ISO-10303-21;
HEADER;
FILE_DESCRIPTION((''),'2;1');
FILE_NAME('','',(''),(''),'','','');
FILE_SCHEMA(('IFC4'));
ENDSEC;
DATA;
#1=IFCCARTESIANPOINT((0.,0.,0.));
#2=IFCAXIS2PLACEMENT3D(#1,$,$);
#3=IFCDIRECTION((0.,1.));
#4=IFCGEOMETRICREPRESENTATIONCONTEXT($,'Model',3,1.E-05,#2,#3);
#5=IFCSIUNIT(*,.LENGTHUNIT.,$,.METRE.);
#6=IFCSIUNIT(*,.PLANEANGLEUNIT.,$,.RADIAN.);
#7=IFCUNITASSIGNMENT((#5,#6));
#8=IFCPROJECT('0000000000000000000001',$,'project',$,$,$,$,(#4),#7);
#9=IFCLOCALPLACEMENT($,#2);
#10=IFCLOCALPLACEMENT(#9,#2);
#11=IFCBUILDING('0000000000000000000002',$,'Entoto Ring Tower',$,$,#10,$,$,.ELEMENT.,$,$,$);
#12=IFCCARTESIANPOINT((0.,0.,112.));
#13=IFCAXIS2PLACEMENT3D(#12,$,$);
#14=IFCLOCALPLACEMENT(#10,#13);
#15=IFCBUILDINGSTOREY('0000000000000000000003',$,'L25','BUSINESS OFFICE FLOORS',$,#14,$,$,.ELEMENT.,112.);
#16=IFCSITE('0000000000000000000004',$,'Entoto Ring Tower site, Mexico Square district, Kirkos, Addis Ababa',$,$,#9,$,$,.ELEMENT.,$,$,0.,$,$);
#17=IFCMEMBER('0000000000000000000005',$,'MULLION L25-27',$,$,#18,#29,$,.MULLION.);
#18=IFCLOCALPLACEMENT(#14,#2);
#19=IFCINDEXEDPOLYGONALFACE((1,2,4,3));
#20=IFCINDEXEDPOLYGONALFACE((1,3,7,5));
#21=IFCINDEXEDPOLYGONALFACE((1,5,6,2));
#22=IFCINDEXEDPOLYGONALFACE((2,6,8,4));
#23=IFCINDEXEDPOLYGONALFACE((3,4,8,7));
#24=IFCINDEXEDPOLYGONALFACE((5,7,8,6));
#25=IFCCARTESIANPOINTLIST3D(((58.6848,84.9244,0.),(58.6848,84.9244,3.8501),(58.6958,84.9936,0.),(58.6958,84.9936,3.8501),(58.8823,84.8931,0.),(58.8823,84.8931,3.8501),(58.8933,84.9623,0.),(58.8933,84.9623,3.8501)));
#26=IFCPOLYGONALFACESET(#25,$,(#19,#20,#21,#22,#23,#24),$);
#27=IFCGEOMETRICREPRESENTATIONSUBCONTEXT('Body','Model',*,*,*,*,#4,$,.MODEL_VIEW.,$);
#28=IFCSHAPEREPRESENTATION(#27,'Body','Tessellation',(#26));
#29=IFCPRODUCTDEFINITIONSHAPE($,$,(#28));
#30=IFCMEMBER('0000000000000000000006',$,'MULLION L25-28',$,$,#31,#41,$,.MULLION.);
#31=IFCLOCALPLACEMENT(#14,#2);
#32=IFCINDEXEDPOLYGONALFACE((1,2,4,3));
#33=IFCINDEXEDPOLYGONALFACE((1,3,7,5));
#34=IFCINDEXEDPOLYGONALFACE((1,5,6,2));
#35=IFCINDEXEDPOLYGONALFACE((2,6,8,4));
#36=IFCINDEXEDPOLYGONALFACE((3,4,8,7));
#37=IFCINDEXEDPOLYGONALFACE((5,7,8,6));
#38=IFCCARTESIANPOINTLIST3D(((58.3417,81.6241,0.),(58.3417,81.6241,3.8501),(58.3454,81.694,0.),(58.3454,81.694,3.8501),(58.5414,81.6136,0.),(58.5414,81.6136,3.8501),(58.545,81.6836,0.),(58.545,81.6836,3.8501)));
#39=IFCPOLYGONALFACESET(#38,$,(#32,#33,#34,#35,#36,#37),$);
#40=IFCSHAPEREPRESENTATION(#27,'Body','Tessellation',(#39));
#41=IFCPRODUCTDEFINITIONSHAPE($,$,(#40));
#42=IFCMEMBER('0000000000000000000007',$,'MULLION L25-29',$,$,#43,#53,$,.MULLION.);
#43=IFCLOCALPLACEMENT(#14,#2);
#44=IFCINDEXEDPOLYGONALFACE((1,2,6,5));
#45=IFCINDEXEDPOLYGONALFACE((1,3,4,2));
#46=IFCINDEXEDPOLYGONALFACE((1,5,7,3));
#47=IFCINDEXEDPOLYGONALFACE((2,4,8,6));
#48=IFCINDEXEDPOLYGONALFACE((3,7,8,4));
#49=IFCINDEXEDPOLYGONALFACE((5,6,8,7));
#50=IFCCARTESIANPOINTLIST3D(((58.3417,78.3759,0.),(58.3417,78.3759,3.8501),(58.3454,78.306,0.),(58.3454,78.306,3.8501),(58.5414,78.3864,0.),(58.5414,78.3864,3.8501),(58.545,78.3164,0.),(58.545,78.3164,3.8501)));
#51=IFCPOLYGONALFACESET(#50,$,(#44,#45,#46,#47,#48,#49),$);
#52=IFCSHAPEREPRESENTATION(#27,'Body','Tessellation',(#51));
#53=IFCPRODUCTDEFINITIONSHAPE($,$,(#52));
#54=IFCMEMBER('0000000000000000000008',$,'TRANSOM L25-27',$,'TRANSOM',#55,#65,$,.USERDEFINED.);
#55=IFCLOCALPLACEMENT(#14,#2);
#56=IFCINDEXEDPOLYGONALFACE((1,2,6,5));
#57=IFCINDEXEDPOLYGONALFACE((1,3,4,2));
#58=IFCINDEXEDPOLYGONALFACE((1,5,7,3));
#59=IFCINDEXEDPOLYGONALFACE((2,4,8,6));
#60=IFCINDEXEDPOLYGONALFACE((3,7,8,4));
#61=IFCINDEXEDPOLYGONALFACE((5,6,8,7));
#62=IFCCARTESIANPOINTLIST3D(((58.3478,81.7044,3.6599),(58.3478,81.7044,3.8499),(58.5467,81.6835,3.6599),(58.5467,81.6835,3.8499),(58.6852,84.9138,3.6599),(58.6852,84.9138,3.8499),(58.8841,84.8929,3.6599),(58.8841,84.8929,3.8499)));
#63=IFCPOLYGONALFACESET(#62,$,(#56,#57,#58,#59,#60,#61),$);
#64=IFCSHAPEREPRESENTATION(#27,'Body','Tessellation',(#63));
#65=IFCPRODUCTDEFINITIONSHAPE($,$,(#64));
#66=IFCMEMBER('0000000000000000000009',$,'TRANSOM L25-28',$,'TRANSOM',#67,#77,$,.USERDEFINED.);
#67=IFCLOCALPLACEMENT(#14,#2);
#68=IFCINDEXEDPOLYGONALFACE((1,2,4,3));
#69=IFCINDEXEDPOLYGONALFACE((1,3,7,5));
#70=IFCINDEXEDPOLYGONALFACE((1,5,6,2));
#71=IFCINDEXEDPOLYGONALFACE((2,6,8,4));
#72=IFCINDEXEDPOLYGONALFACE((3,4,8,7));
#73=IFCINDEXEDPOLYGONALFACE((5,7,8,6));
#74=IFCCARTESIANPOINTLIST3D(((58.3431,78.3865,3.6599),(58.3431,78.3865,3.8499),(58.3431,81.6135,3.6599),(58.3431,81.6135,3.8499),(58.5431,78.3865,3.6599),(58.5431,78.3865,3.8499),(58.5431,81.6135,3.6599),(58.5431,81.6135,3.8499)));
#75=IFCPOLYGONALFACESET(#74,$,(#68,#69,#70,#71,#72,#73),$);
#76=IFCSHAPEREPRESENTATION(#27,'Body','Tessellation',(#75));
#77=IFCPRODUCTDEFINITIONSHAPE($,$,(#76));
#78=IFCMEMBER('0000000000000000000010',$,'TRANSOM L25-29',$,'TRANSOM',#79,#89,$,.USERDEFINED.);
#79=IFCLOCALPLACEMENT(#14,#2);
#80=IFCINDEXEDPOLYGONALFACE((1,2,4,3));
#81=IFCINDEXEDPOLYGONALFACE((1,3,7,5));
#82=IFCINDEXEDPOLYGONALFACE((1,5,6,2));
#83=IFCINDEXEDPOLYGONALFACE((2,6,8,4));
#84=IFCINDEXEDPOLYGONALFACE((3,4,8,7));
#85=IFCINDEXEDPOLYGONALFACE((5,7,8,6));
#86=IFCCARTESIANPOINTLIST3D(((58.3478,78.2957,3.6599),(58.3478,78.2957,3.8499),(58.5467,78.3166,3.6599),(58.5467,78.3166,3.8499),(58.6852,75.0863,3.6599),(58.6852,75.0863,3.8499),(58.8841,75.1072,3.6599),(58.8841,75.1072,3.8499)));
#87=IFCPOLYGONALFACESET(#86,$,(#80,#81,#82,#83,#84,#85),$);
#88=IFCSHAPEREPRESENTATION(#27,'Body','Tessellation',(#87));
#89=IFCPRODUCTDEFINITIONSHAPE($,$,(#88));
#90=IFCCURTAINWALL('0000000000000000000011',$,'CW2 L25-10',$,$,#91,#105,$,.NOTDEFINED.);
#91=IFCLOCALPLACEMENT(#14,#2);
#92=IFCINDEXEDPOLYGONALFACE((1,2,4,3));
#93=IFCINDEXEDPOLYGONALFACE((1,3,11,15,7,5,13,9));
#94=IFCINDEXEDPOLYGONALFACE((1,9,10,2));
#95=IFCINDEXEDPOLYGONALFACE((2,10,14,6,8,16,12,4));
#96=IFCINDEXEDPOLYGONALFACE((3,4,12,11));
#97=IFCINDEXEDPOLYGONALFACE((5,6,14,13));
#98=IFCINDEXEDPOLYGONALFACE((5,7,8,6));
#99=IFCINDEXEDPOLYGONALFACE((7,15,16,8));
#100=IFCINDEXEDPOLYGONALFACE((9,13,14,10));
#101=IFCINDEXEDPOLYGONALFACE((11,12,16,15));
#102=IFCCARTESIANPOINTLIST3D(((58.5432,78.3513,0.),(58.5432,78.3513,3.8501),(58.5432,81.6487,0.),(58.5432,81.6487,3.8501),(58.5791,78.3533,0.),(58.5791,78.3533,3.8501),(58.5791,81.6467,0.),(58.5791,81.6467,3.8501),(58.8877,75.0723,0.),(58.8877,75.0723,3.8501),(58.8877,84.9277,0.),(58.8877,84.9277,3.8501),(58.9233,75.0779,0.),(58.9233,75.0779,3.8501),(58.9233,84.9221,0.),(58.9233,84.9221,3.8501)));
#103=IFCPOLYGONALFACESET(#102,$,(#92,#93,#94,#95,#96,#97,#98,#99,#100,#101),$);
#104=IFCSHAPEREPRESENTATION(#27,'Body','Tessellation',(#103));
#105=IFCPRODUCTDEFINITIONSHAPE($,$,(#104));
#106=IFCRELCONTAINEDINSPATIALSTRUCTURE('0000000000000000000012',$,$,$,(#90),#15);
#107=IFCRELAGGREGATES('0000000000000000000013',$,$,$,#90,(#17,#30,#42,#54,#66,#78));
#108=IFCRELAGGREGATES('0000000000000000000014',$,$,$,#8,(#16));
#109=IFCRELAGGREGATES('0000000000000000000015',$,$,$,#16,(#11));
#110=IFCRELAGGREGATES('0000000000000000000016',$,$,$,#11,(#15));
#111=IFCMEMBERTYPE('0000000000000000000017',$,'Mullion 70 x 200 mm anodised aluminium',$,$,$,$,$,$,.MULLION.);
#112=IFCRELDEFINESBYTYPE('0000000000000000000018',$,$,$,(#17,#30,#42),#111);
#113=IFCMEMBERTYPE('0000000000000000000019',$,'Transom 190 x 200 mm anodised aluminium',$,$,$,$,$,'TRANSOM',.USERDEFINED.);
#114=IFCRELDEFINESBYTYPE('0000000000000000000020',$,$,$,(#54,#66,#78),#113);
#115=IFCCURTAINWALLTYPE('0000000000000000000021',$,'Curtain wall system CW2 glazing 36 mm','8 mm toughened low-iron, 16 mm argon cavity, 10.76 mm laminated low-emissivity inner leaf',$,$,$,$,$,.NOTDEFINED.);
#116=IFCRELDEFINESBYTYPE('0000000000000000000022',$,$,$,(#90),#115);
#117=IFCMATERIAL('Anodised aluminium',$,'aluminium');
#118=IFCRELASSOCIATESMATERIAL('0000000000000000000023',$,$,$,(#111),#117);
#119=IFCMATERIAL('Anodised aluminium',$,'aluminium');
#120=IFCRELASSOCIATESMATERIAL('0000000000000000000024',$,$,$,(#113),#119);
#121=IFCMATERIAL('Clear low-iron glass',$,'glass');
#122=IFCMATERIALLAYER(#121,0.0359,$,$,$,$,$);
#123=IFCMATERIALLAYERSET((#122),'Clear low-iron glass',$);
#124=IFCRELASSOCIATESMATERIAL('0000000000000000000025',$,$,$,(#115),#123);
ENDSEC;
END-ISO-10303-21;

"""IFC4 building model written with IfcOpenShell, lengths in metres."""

from ifc_helpers import new_model, si_unit, direction, frame, origin, origin_2d, place, context, subcontext, project, spatial, polyline, rectangle, outline, extrude, material, layer, layer_set, material_profile, profile_set, type_object, element, aggregate, save


model = new_model("IFC4")

# Units and contexts
model_context = context("Model", 3, precision=1e-05, world=origin(), true_north=direction((0.0, 1.0)))
body_context = subcontext(model_context, "Body", "Model", "MODEL_VIEW")
ifc_project = project(units=[si_unit("LENGTHUNIT", "METRE"), si_unit("PLANEANGLEUNIT", "RADIAN")], contexts=[model_context])

# Members
ifc_material_1 = material(Name="Anodised aluminium", Category="aluminium")
ifc_material_profile_1 = material_profile(ifc_material_1, rectangle(XDim=0.0701, YDim=0.2, at=origin_2d()), Name="Mullion 70 x 200 mm anodised aluminium")
ifc_profile_set_1 = profile_set([ifc_material_profile_1], Name="Anodised aluminium")
member_type_1 = type_object("IfcMemberType", Name="Mullion 70 x 200 mm anodised aluminium", PredefinedType="MULLION", material=ifc_profile_set_1)
site_placement = place(None, origin())
building_placement = place(site_placement, origin())
storey_placement = place(building_placement, frame((0.0, 0.0, 112.0)))
member_1_placement = place(storey_placement, frame((58.7891, 84.9434, 0.0), z_axis=(0.0, 0.0, 1.0), x_axis=(-0.156434, -0.987688, 0.0)))
member_1 = element("IfcMember", 1, at=member_1_placement, type_object=member_type_1, Name="MULLION L25-27", PredefinedType="MULLION", context=body_context, shape_type="SweptSolid", body=[
    extrude(rectangle(XDim=0.0701, YDim=0.2, at=origin_2d()), origin(), (0.0, 0.0, 1.0), 3.8501),
])
member_2_placement = place(storey_placement, frame((58.4434, 81.6538, 0.0), z_axis=(0.0, 0.0, 1.0), x_axis=(-0.052336, -0.99863, 0.0)))
member_2 = element("IfcMember", 2, at=member_2_placement, type_object=member_type_1, Name="MULLION L25-28", PredefinedType="MULLION", context=body_context, shape_type="SweptSolid", body=[
    extrude(rectangle(XDim=0.0701, YDim=0.2, at=origin_2d()), origin(), (0.0, 0.0, 1.0), 3.8501),
])
member_3_placement = place(storey_placement, frame((58.4434, 78.3462, 0.0), z_axis=(0.0, 0.0, 1.0), x_axis=(0.052336, -0.99863, 0.0)))
member_3 = element("IfcMember", 3, at=member_3_placement, type_object=member_type_1, Name="MULLION L25-29", PredefinedType="MULLION", context=body_context, shape_type="SweptSolid", body=[
    extrude(rectangle(XDim=0.0701, YDim=0.2, at=origin_2d()), origin(), (0.0, 0.0, 1.0), 3.8501),
])
ifc_material_2 = material(Name="Anodised aluminium", Category="aluminium")
ifc_material_profile_2 = material_profile(ifc_material_2, rectangle(XDim=0.2, YDim=0.1899, at=origin_2d()), Name="Transom 190 x 200 mm anodised aluminium")
ifc_profile_set_2 = profile_set([ifc_material_profile_2], Name="Anodised aluminium")
member_type_2 = type_object("IfcMemberType", Name="Transom 190 x 200 mm anodised aluminium", ElementType="TRANSOM", PredefinedType="USERDEFINED", material=ifc_profile_set_2)
member_4_placement = place(storey_placement, frame((58.7847, 84.9033, 3.7549), z_axis=(-0.104551, -0.99452, 0.0), x_axis=(0.99452, -0.104551, 0.0)))
member_4 = element("IfcMember", 4, at=member_4_placement, type_object=member_type_2, Name="TRANSOM L25-27", ObjectType="TRANSOM", PredefinedType="USERDEFINED", context=body_context, shape_type="SweptSolid", body=[
    extrude(rectangle(XDim=0.2, YDim=0.1899, at=origin_2d()), origin(), (0.0, 0.0, 1.0), 3.2271),
])
member_5_placement = place(storey_placement, frame((58.4431, 81.6135, 3.7549), z_axis=(0.0, -1.0, 0.0), x_axis=(1.0, 0.0, 0.0)))
member_5 = element("IfcMember", 5, at=member_5_placement, type_object=member_type_2, Name="TRANSOM L25-28", ObjectType="TRANSOM", PredefinedType="USERDEFINED", context=body_context, shape_type="SweptSolid", body=[
    extrude(rectangle(XDim=0.2, YDim=0.1899, at=origin_2d()), origin(), (0.0, 0.0, 1.0), 3.2271),
])
member_6_placement = place(storey_placement, frame((58.4473, 78.3062, 3.7549), z_axis=(0.104551, -0.99452, 0.0), x_axis=(0.99452, 0.104551, 0.0)))
member_6 = element("IfcMember", 6, at=member_6_placement, type_object=member_type_2, Name="TRANSOM L25-29", ObjectType="TRANSOM", PredefinedType="USERDEFINED", context=body_context, shape_type="SweptSolid", body=[
    extrude(rectangle(XDim=0.2, YDim=0.1899, at=origin_2d()), origin(), (0.0, 0.0, 1.0), 3.2271),
])

# Site, building, storey
site = spatial("IfcSite", under=ifc_project, at=site_placement, Name="Entoto Ring Tower site, Mexico Square district, Kirkos, Addis Ababa", CompositionType="ELEMENT", RefElevation=0.0)
building = spatial("IfcBuilding", under=site, at=building_placement, Name="Entoto Ring Tower", CompositionType="ELEMENT")
storey = spatial("IfcBuildingStorey", under=building, at=storey_placement, Name="L25", Description="BUSINESS OFFICE FLOORS", CompositionType="ELEMENT", Elevation=112.0)

# Curtain wall
ifc_material_3 = material(Name="Clear low-iron glass", Category="glass")
ifc_layer = layer(ifc_material_3, 0.0359)
ifc_layer_set = layer_set([ifc_layer], Name="Clear low-iron glass")
curtain_wall_type = type_object("IfcCurtainWallType", Name="Curtain wall system CW2 glazing 36 mm", Description="8 mm toughened low-iron, 16 mm argon cavity, 10.76 mm laminated low-emissivity inner leaf", PredefinedType="NOTDEFINED", material=ifc_layer_set)
curtain_wall_1_placement = place(storey_placement, origin())
curtain_wall_1 = element("IfcCurtainWall", 7, at=curtain_wall_1_placement, inside=storey, type_object=curtain_wall_type, Name="CW2 L25-10", PredefinedType="NOTDEFINED", context=body_context, shape_type="SweptSolid", body=[
    extrude(outline(polyline([(58.8877, 84.9277), (58.5432, 81.6487), (58.5432, 78.3513), (58.8877, 75.0723), (58.9233, 75.0779), (58.5791, 78.3533), (58.5791, 81.6467), (58.9233, 84.9221), (58.8877, 84.9277)])), origin(), (0.0, 0.0, 1.0), 3.8501),
])
aggregate(curtain_wall_1, [member_1, member_2, member_3, member_4, member_5, member_6])

save(model, "model.ifc")
